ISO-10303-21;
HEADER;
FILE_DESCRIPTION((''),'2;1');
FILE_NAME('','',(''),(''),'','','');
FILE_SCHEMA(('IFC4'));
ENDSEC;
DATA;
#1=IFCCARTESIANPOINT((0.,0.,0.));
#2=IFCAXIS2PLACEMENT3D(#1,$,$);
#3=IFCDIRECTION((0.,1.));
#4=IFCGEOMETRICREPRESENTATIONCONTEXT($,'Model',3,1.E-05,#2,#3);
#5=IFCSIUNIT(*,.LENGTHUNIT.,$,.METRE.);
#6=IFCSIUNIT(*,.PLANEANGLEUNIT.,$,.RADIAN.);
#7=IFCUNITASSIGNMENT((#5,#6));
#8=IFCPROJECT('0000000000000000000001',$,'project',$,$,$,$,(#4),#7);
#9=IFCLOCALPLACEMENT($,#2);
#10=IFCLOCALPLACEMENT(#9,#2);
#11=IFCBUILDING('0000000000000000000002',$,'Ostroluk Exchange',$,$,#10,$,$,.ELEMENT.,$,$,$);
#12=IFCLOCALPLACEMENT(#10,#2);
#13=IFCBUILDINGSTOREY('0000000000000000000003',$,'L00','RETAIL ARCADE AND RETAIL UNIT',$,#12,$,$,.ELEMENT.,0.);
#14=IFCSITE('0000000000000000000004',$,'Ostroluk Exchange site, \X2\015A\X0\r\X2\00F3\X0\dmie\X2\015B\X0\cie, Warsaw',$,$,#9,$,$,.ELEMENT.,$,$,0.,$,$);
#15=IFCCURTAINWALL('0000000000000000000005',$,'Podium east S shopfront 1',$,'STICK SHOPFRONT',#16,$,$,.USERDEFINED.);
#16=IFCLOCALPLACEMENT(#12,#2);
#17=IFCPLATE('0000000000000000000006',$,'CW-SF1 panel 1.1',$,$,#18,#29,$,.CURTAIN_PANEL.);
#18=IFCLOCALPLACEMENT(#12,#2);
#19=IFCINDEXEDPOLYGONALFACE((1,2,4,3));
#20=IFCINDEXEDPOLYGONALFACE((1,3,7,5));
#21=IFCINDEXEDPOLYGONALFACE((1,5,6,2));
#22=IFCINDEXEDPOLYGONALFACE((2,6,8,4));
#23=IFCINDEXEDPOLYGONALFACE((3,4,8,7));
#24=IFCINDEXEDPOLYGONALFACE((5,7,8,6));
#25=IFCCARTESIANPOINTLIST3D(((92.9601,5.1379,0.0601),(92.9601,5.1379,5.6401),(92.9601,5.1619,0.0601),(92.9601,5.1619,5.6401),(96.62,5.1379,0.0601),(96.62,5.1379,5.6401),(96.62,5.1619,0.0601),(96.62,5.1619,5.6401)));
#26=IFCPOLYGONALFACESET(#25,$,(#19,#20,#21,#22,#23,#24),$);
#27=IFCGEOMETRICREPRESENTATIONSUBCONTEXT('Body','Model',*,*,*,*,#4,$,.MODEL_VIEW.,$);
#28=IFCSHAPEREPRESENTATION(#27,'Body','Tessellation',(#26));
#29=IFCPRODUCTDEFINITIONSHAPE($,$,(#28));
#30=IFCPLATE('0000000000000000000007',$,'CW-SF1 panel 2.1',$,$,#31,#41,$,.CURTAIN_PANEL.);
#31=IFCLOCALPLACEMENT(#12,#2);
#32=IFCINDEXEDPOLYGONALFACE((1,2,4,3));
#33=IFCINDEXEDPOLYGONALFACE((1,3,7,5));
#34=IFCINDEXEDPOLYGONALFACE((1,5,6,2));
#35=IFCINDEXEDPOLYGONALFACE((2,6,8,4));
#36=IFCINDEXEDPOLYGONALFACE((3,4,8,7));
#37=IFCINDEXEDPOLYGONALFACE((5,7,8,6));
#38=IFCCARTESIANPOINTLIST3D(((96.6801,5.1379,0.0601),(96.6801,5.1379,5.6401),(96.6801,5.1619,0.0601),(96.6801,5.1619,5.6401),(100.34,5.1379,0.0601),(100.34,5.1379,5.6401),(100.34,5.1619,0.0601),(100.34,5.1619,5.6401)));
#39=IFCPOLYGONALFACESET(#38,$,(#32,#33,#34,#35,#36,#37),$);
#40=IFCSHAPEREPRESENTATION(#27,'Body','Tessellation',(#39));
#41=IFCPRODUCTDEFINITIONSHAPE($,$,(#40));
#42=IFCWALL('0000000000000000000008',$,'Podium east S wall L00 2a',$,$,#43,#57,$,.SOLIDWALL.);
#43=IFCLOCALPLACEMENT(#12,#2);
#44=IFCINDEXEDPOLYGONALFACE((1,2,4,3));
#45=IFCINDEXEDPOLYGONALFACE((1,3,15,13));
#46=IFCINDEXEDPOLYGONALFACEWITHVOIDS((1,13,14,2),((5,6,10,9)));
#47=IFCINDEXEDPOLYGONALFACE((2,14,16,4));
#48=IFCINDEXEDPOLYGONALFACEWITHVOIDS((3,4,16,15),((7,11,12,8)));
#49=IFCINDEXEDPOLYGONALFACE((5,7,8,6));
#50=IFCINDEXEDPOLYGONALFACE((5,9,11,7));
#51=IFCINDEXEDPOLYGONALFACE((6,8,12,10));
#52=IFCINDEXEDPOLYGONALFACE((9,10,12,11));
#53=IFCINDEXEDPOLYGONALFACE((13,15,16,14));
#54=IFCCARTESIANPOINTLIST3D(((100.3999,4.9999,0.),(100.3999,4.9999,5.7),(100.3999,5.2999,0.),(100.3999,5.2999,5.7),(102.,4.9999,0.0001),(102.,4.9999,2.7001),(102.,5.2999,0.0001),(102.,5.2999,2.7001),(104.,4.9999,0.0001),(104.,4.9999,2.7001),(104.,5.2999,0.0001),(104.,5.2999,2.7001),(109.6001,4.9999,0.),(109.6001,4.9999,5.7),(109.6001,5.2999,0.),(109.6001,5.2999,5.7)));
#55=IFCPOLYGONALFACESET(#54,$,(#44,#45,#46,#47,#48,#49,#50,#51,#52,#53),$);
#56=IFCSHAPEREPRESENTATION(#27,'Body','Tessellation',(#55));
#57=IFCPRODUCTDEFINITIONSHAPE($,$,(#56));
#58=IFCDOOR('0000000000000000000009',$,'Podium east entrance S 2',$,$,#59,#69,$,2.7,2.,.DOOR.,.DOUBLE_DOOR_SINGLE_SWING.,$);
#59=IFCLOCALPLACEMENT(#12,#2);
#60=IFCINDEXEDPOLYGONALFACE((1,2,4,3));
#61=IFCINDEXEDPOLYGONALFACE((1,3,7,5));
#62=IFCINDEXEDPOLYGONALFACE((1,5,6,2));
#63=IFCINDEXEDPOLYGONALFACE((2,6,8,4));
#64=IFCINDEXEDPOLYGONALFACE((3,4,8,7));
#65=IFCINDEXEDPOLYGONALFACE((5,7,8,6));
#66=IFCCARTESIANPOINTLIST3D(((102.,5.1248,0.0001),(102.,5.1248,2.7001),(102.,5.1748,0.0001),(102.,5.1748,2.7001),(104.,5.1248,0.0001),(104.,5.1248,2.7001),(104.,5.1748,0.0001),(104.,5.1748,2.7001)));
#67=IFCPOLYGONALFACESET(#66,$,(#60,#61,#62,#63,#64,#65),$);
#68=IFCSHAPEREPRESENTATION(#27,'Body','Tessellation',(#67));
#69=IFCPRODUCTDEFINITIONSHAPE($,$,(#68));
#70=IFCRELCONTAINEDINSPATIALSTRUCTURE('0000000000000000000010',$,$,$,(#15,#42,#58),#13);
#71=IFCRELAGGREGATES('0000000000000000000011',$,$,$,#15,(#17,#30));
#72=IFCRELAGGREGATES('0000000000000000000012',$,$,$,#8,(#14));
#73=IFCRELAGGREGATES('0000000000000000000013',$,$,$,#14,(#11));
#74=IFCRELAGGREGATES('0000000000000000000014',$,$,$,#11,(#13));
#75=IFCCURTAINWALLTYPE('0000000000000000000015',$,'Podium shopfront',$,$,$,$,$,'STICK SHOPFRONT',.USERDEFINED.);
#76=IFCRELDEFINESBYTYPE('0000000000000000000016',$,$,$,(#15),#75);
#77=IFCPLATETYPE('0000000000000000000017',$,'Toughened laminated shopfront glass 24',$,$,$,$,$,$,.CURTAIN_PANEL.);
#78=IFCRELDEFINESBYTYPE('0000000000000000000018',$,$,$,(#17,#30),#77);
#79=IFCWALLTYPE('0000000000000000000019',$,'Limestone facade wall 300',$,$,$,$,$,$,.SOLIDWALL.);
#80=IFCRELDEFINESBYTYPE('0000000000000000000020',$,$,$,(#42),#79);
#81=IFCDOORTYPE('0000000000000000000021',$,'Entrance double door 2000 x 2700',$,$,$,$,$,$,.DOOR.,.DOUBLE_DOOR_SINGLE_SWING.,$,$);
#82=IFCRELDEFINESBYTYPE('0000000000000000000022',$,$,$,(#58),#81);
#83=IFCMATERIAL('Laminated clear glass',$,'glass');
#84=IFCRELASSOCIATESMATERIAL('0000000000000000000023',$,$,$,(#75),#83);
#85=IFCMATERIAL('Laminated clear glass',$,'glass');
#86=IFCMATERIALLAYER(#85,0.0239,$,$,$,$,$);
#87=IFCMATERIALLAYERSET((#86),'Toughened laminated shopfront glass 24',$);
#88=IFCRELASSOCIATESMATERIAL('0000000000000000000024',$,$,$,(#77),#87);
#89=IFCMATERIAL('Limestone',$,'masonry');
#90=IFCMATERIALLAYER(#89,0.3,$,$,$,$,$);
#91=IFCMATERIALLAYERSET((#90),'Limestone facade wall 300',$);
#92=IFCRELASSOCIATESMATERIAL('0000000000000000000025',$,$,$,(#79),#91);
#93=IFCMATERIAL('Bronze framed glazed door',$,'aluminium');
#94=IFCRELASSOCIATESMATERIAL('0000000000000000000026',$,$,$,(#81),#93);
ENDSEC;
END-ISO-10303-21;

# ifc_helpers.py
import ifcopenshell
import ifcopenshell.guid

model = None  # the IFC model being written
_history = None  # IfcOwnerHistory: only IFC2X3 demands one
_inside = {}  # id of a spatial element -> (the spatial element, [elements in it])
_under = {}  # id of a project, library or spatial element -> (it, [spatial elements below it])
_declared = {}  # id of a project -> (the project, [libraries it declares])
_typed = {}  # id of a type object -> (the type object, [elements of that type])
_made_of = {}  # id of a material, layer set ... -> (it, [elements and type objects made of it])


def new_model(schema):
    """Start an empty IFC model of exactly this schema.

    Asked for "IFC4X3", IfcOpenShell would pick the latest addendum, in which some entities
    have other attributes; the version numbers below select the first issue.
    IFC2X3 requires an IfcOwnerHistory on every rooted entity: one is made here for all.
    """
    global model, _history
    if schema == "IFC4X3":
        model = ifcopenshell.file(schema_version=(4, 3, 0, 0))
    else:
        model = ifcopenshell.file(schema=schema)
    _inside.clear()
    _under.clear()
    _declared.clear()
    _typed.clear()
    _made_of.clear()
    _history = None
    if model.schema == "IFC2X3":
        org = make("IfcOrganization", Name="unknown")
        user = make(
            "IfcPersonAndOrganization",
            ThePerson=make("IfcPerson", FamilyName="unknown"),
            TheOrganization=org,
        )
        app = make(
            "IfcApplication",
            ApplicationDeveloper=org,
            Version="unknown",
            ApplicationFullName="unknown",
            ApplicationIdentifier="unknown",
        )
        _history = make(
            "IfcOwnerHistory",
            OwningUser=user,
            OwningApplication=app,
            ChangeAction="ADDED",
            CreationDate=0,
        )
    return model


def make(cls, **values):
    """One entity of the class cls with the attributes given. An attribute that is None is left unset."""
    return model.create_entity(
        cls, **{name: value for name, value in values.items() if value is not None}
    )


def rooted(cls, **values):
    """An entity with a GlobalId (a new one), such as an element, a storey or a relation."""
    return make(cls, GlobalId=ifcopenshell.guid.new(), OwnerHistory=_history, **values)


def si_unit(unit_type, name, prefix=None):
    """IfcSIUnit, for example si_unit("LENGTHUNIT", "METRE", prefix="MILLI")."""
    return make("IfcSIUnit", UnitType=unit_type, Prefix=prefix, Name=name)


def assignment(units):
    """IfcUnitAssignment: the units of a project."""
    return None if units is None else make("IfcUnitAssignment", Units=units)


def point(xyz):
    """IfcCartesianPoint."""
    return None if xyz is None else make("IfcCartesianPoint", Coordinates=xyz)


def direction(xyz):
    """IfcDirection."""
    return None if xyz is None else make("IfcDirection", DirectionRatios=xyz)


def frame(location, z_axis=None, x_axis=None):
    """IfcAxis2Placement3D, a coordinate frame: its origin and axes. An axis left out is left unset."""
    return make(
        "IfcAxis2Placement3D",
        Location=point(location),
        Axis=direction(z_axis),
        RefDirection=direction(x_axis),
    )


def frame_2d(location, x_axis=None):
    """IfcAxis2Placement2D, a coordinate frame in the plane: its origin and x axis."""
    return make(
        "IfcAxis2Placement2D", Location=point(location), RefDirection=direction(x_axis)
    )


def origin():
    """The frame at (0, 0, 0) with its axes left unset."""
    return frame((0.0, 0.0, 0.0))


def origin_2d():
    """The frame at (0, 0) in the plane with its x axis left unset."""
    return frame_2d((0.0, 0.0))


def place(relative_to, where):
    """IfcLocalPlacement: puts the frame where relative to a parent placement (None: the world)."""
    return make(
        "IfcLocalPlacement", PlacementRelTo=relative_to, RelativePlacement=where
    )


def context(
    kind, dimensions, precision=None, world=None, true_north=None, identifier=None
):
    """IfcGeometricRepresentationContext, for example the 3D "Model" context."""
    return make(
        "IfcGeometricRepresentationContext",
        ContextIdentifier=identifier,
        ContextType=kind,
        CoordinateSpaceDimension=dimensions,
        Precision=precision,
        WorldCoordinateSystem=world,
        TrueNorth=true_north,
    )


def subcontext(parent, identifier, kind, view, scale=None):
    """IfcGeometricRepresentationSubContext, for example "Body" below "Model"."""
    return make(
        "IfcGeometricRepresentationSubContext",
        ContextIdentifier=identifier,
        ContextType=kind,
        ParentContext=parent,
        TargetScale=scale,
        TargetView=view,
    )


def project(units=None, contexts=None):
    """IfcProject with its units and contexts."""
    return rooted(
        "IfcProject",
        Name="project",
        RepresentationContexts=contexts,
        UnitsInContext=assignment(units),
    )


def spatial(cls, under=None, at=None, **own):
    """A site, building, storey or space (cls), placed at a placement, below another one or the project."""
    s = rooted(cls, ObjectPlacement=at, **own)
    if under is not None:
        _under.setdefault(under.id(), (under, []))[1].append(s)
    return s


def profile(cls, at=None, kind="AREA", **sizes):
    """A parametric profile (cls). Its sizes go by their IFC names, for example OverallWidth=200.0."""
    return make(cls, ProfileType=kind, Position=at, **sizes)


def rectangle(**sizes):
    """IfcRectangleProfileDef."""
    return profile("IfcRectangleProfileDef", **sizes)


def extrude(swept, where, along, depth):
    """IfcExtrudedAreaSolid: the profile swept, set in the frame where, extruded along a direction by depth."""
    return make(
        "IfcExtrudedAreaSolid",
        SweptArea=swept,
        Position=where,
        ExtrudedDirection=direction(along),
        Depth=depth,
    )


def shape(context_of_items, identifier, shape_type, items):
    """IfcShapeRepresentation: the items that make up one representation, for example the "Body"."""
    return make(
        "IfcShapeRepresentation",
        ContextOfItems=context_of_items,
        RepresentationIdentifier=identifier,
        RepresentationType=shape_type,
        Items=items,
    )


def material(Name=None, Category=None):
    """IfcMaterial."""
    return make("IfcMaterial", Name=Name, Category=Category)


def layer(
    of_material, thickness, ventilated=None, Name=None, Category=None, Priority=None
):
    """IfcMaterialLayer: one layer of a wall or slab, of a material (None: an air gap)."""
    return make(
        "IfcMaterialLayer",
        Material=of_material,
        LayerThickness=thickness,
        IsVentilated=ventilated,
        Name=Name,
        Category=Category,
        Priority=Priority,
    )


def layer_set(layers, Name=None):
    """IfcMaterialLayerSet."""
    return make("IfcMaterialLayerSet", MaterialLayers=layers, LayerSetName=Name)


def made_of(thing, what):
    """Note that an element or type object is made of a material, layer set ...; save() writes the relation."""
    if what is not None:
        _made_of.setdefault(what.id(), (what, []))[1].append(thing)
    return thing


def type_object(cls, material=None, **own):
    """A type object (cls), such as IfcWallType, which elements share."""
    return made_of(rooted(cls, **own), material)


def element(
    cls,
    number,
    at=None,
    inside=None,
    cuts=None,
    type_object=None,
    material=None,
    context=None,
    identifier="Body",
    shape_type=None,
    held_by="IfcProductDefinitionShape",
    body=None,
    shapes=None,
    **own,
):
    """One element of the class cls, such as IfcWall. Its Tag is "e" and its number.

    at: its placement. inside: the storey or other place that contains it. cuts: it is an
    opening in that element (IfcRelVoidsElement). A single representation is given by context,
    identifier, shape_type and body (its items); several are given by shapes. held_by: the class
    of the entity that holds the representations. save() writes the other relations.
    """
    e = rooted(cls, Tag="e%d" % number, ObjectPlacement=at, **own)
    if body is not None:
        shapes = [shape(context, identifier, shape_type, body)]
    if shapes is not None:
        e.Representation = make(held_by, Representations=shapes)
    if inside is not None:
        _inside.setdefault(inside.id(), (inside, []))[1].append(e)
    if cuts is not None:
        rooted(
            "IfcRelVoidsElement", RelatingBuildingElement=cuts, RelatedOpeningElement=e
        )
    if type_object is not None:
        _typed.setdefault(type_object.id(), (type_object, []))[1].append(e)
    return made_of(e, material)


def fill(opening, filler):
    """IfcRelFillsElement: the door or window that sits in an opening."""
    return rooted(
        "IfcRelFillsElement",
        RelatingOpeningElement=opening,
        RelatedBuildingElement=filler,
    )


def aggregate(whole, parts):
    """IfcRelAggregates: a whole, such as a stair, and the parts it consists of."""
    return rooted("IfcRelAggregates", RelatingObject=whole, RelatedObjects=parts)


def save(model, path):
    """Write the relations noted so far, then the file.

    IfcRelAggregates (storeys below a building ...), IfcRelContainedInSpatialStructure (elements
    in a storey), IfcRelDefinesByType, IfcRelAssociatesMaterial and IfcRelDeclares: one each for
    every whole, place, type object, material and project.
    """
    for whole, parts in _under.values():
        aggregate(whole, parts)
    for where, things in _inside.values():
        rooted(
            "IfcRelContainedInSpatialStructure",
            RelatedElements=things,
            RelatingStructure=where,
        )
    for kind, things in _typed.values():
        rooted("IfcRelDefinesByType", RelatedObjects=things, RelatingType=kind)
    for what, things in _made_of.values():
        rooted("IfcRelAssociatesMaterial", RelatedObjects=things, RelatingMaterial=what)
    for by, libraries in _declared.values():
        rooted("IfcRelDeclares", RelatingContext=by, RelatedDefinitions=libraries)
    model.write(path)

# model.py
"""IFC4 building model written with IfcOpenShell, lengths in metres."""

from ifc_helpers import new_model, si_unit, direction, frame, frame_2d, origin, origin_2d, place, context, subcontext, project, spatial, rectangle, extrude, material, layer, layer_set, type_object, element, fill, aggregate, save


model = new_model("IFC4")

# Units and contexts
model_context = context("Model", 3, precision=1e-05, world=origin(), true_north=direction((0.0, 1.0)))
body_context = subcontext(model_context, "Body", "Model", "MODEL_VIEW")
ifc_project = project(units=[si_unit("LENGTHUNIT", "METRE"), si_unit("PLANEANGLEUNIT", "RADIAN")], contexts=[model_context])

# Site, building, storey
site_placement = place(None, origin())
site = spatial("IfcSite", under=ifc_project, at=site_placement, Name="Ostroluk Exchange site, Śródmieście, Warsaw", CompositionType="ELEMENT", RefElevation=0.0)
building_placement = place(site_placement, origin())
building = spatial("IfcBuilding", under=site, at=building_placement, Name="Ostroluk Exchange", CompositionType="ELEMENT")
storey_placement = place(building_placement, origin())
storey = spatial("IfcBuildingStorey", under=building, at=storey_placement, Name="L00", Description="RETAIL ARCADE AND RETAIL UNIT", CompositionType="ELEMENT", Elevation=0.0)

# Curtain wall
ifc_material_1 = material(Name="Laminated clear glass", Category="glass")
curtain_wall_type = type_object("IfcCurtainWallType", Name="Podium shopfront", ElementType="STICK SHOPFRONT", PredefinedType="USERDEFINED", material=ifc_material_1)
curtain_wall_1_placement = place(storey_placement, origin())
curtain_wall_1 = element("IfcCurtainWall", 1, at=curtain_wall_1_placement, inside=storey, type_object=curtain_wall_type, Name="Podium east S shopfront 1", ObjectType="STICK SHOPFRONT", PredefinedType="USERDEFINED")

# Plates
ifc_material_2 = material(Name="Laminated clear glass", Category="glass")
ifc_layer_1 = layer(ifc_material_2, 0.0239)
ifc_layer_set_1 = layer_set([ifc_layer_1], Name="Toughened laminated shopfront glass 24")
plate_type = type_object("IfcPlateType", Name="Toughened laminated shopfront glass 24", PredefinedType="CURTAIN_PANEL", material=ifc_layer_set_1)
plate_1_placement = place(storey_placement, frame((94.79, 5.1499, 0.0601), z_axis=(0.0, 0.0, 1.0), x_axis=(1.0, 0.0, 0.0)))
plate_1 = element("IfcPlate", 2, at=plate_1_placement, type_object=plate_type, Name="CW-SF1 panel 1.1", PredefinedType="CURTAIN_PANEL", context=body_context, shape_type="SweptSolid", body=[
    extrude(rectangle(XDim=3.6599, YDim=0.0239, at=origin_2d()), origin(), (0.0, 0.0, 1.0), 5.5801),
])
plate_2_placement = place(storey_placement, frame((98.51, 5.1499, 0.0601), z_axis=(0.0, 0.0, 1.0), x_axis=(1.0, 0.0, 0.0)))
plate_2 = element("IfcPlate", 3, at=plate_2_placement, type_object=plate_type, Name="CW-SF1 panel 2.1", PredefinedType="CURTAIN_PANEL", context=body_context, shape_type="SweptSolid", body=[
    extrude(rectangle(XDim=3.6599, YDim=0.0239, at=origin_2d()), origin(), (0.0, 0.0, 1.0), 5.5801),
])
aggregate(curtain_wall_1, [plate_1, plate_2])

# Wall, opening, door
ifc_material_3 = material(Name="Limestone", Category="masonry")
ifc_layer_2 = layer(ifc_material_3, 0.3)
ifc_layer_set_2 = layer_set([ifc_layer_2], Name="Limestone facade wall 300")
wall_type = type_object("IfcWallType", Name="Limestone facade wall 300", PredefinedType="SOLIDWALL", material=ifc_layer_set_2)
wall_placement = place(storey_placement, frame((100.3999, 5.1499, 0.0), z_axis=(0.0, 0.0, 1.0), x_axis=(1.0, 0.0, 0.0)))
wall = element("IfcWall", 4, at=wall_placement, inside=storey, type_object=wall_type, Name="Podium east S wall L00 2a", PredefinedType="SOLIDWALL", context=body_context, shape_type="SweptSolid", body=[
    extrude(rectangle(XDim=9.2002, YDim=0.3, at=frame_2d((4.6001, 0.0))), origin(), (0.0, 0.0, 1.0), 5.7),
])
opening_placement = place(wall_placement, frame((1.6001, 0.0, 0.0)))
opening = element("IfcOpeningElement", 5, at=opening_placement, cuts=wall, PredefinedType="OPENING", context=body_context, shape_type="SweptSolid", body=[
    extrude(rectangle(XDim=2.0, YDim=2.7, at=frame_2d((1.0, 1.3501))), frame((0.0, 0.1599, 0.0), z_axis=(0.0, -1.0, 0.0), x_axis=(1.0, 0.0, 0.0)), (0.0, 0.0, 1.0), 0.3201),
])
ifc_material_4 = material(Name="Bronze framed glazed door", Category="aluminium")
door_type = type_object("IfcDoorType", Name="Entrance double door 2000 x 2700", OperationType="DOUBLE_DOOR_SINGLE_SWING", PredefinedType="DOOR", material=ifc_material_4)
door_placement = place(opening_placement, origin())
door = element("IfcDoor", 6, at=door_placement, inside=storey, type_object=door_type, Name="Podium east entrance S 2", OperationType="DOUBLE_DOOR_SINGLE_SWING", OverallHeight=2.7, OverallWidth=2.0, PredefinedType="DOOR", context=body_context, shape_type="SweptSolid", body=[
    extrude(rectangle(XDim=2.0, YDim=2.7, at=frame_2d((1.0, 1.3501))), frame((0.0, 0.0249, 0.0), z_axis=(0.0, -1.0, 0.0), x_axis=(1.0, 0.0, 0.0)), (0.0, 0.0, 1.0), 0.05),
])
fill(opening, door)

save(model, "model.ifc")
